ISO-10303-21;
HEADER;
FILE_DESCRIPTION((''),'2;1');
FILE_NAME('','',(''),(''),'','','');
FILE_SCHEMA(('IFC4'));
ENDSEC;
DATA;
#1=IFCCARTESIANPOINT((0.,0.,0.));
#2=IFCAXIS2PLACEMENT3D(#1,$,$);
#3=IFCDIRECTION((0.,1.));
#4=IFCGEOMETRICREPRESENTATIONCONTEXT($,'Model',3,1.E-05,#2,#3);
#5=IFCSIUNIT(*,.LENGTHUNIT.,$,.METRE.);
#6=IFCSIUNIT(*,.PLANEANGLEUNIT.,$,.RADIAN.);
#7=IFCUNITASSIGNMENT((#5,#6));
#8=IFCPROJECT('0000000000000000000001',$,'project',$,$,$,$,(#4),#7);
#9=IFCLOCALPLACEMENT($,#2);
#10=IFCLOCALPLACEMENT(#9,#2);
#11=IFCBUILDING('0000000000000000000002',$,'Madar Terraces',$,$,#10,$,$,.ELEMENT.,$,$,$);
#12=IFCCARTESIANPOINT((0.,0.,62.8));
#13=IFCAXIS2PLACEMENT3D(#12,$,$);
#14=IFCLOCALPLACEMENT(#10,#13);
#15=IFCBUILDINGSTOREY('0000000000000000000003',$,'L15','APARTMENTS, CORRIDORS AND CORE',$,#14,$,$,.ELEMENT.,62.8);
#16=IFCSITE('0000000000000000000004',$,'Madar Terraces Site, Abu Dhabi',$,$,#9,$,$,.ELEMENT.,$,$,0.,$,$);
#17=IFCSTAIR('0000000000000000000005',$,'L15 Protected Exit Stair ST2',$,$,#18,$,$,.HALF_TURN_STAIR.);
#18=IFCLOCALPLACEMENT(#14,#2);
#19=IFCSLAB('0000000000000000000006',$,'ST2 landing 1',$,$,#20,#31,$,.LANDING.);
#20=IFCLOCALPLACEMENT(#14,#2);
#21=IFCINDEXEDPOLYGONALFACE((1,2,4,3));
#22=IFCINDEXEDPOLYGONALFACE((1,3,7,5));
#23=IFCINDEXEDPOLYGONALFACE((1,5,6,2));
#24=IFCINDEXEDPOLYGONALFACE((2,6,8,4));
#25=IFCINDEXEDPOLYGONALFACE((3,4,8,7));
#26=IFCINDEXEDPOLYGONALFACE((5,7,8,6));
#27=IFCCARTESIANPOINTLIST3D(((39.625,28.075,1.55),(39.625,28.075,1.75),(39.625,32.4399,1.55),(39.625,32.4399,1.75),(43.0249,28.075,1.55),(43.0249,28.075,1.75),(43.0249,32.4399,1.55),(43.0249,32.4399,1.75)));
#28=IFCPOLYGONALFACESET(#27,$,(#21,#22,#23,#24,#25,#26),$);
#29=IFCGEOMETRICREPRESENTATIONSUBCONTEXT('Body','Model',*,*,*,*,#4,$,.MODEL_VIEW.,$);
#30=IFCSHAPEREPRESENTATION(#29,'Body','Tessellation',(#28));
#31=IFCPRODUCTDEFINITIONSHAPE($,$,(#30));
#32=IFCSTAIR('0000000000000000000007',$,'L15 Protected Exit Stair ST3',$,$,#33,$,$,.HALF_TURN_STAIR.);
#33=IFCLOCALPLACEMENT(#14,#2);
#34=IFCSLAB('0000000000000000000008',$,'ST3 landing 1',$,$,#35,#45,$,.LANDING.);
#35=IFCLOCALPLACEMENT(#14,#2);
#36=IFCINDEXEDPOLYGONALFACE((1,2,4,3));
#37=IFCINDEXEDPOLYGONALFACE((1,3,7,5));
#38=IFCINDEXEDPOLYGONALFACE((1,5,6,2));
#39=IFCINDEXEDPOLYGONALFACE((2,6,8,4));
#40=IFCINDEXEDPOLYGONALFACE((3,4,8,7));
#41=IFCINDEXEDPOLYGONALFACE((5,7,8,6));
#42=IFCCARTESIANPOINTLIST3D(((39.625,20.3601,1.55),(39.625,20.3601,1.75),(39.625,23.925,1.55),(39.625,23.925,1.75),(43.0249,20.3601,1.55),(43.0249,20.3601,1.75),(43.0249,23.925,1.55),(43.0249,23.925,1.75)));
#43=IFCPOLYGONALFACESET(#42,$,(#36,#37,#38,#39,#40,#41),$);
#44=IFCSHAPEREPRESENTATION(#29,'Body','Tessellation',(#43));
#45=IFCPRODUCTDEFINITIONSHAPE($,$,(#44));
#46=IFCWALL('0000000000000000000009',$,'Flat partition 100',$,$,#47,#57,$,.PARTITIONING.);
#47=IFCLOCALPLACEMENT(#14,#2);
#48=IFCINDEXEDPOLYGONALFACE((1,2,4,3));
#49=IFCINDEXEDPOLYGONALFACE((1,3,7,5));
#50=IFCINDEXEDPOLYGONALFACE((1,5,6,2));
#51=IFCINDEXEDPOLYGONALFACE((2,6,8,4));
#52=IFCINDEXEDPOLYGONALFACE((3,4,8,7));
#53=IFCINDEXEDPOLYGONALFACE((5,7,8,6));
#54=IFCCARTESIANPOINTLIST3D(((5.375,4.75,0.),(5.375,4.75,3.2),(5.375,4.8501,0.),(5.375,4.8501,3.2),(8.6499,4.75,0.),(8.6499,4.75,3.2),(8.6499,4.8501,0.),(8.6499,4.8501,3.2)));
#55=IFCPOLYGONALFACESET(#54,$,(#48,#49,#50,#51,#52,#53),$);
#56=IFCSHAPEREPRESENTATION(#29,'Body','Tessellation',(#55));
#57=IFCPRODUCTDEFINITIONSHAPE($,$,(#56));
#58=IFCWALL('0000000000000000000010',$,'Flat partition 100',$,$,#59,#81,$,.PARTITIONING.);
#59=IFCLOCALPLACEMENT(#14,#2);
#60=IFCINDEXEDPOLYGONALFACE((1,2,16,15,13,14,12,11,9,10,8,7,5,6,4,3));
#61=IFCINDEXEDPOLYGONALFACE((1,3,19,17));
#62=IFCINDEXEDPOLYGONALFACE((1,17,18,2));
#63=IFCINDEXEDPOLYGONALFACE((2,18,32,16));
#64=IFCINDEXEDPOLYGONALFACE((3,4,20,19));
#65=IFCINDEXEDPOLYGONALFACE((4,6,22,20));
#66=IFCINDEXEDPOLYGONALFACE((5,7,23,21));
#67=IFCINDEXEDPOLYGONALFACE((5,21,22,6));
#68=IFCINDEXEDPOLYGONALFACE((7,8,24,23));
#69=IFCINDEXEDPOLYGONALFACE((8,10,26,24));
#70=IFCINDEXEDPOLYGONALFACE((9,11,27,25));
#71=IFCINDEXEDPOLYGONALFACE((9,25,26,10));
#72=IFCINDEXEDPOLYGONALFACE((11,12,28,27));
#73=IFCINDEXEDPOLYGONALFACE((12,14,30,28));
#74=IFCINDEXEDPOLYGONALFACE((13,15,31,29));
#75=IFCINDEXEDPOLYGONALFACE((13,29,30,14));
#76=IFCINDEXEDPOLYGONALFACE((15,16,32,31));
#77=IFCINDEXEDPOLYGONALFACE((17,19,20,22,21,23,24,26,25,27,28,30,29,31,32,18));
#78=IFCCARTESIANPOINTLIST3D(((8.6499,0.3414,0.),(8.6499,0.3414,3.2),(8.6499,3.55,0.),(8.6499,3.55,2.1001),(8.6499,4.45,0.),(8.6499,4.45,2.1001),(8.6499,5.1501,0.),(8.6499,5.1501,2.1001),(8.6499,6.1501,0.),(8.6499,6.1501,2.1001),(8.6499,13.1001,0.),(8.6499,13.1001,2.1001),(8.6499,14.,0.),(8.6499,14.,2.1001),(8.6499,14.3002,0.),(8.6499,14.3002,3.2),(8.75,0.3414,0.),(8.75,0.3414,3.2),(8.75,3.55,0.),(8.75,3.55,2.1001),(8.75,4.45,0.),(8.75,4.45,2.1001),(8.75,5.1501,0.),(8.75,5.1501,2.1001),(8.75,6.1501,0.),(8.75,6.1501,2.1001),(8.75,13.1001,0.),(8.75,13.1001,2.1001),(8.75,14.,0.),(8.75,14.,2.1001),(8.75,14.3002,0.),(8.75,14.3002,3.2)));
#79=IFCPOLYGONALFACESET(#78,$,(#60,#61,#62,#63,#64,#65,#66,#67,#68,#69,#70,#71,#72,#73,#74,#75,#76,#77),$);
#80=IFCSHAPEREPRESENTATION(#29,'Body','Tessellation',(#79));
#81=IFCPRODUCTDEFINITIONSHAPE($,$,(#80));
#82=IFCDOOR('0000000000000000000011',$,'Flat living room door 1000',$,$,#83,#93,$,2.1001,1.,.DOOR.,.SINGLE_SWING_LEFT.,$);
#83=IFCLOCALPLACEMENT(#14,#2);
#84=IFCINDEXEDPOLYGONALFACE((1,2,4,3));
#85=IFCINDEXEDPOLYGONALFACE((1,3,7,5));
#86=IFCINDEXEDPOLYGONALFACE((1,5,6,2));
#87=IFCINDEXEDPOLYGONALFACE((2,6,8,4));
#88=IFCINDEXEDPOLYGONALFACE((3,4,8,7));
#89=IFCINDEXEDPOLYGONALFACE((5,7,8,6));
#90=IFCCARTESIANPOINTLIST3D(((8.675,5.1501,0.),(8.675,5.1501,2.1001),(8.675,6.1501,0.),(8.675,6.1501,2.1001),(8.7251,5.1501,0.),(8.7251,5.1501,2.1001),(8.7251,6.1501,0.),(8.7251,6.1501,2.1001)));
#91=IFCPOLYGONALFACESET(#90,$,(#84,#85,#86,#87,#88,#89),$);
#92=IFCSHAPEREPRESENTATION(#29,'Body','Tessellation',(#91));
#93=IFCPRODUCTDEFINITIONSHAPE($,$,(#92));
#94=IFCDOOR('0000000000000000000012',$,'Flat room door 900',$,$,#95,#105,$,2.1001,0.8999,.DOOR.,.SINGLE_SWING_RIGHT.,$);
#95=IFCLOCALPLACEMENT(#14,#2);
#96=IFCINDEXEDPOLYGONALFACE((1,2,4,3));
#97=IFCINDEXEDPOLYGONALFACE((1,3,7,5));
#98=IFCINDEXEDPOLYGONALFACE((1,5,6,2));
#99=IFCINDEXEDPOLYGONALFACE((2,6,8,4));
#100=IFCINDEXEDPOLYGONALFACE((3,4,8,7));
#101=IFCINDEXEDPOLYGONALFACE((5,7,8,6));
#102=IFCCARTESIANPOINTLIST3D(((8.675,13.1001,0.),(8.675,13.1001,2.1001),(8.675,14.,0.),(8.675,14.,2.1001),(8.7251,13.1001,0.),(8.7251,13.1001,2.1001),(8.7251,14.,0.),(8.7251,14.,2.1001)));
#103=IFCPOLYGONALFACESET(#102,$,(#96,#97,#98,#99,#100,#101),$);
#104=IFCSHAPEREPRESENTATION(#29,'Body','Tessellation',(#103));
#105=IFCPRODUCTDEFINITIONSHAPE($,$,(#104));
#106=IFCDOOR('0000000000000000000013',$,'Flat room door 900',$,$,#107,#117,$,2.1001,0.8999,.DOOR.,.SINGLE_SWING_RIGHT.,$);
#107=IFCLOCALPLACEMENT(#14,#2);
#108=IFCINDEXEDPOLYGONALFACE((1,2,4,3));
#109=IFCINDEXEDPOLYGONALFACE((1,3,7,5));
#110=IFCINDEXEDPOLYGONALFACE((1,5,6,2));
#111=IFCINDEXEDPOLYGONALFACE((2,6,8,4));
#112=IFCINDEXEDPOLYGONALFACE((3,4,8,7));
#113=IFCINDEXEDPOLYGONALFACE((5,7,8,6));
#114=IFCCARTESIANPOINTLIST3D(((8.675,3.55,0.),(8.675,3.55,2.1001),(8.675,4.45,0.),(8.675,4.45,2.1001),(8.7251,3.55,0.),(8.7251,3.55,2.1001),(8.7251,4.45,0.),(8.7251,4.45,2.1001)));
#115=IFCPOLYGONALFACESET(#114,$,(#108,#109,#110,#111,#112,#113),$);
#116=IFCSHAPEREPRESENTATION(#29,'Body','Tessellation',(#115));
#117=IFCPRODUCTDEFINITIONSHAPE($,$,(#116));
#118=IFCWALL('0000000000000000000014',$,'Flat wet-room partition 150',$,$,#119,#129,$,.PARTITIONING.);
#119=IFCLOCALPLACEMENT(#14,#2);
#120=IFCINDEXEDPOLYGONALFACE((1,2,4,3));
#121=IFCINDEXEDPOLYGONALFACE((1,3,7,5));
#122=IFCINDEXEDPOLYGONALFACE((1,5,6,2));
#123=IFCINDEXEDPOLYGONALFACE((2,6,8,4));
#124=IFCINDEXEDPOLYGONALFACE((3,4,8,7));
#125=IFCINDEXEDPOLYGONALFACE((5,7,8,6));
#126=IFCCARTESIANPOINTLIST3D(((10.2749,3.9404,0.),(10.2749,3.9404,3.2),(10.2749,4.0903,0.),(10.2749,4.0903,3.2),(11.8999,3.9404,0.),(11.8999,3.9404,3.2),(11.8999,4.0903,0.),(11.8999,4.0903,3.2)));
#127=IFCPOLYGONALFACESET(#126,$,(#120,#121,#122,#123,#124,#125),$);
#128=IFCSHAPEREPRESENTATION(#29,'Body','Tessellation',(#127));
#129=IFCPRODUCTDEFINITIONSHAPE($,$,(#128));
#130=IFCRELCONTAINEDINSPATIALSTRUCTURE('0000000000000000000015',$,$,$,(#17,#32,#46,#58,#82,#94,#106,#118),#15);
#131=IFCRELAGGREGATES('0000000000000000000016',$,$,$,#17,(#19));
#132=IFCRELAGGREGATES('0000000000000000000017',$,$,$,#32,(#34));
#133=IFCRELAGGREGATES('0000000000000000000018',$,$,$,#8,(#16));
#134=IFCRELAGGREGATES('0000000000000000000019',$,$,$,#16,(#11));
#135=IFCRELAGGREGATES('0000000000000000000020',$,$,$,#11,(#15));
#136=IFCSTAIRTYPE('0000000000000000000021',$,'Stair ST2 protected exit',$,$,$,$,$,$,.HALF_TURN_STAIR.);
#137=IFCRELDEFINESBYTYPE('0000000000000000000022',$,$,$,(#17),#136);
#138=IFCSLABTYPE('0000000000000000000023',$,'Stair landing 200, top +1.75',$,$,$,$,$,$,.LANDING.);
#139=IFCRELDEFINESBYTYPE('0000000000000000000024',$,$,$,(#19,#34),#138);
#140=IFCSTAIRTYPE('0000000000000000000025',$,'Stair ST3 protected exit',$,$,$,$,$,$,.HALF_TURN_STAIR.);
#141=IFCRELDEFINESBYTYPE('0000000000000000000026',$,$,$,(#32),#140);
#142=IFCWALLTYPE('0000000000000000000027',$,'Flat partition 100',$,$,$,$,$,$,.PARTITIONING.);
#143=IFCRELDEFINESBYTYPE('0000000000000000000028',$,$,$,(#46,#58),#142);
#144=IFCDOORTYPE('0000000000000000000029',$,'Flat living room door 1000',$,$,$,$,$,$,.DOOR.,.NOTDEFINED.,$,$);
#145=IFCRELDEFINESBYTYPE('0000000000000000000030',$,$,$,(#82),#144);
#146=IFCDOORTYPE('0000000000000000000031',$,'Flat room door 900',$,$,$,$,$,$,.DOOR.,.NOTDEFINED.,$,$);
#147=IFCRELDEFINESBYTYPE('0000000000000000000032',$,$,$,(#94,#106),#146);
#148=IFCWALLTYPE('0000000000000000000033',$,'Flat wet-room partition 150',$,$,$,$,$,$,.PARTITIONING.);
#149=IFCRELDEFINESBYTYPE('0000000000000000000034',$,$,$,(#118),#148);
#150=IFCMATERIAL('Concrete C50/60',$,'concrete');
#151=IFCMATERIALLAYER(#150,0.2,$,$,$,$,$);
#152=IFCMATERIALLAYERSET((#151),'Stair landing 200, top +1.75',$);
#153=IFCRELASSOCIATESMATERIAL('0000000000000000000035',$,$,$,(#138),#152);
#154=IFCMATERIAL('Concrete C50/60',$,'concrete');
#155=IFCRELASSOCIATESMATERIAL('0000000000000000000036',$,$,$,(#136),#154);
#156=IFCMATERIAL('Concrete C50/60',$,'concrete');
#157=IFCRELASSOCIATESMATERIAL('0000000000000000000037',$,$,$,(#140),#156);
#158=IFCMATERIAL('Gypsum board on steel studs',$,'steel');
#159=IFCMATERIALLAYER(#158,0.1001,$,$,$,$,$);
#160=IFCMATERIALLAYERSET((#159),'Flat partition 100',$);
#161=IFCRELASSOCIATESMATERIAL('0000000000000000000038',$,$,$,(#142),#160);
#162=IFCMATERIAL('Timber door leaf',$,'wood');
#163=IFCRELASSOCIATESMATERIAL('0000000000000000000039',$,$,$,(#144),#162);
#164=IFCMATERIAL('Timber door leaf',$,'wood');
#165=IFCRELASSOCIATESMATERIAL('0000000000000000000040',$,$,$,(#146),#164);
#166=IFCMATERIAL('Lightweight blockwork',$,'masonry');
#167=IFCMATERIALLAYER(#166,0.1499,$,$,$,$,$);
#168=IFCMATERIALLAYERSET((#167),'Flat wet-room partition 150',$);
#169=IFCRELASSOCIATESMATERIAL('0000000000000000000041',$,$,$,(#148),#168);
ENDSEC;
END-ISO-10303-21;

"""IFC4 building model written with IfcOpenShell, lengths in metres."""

from ifc_helpers import new_model, si_unit, direction, frame, frame_2d, origin, place, context, subcontext, project, spatial, polyline, rectangle, outline, extrude, material, layer, layer_set, type_object, element, fill, aggregate, save


model = new_model("IFC4")

# Units and contexts
model_context = context("Model", 3, precision=1e-05, world=origin(), true_north=direction((0.0, 1.0)))
body_context = subcontext(model_context, "Body", "Model", "MODEL_VIEW")
ifc_project = project(units=[si_unit("LENGTHUNIT", "METRE"), si_unit("PLANEANGLEUNIT", "RADIAN")], contexts=[model_context])

# Site, building, storey
site_placement = place(None, origin())
site = spatial("IfcSite", under=ifc_project, at=site_placement, Name="Madar Terraces Site, Abu Dhabi", CompositionType="ELEMENT", RefElevation=0.0)
building_placement = place(site_placement, origin())
building = spatial("IfcBuilding", under=site, at=building_placement, Name="Madar Terraces", CompositionType="ELEMENT")
storey_placement = place(building_placement, frame((0.0, 0.0, 62.8)))
storey = spatial("IfcBuildingStorey", under=building, at=storey_placement, Name="L15", Description="APARTMENTS, CORRIDORS AND CORE", CompositionType="ELEMENT", Elevation=62.8)

# Stairs, slabs
ifc_material_1 = material(Name="Concrete C50/60", Category="concrete")
ifc_layer_1 = layer(ifc_material_1, 0.2)
ifc_layer_set_1 = layer_set([ifc_layer_1], Name="Stair landing 200, top +1.75")
slab_type_1 = type_object("IfcSlabType", Name="Stair landing 200, top +1.75", PredefinedType="LANDING", material=ifc_layer_set_1)
ifc_material_2 = material(Name="Concrete C50/60", Category="concrete")
stair_type_1 = type_object("IfcStairType", Name="Stair ST2 protected exit", PredefinedType="HALF_TURN_STAIR", material=ifc_material_2)
stair_1_placement = place(storey_placement, origin())
stair_1 = element("IfcStair", 1, at=stair_1_placement, inside=storey, type_object=stair_type_1, Name="L15 Protected Exit Stair ST2", PredefinedType="HALF_TURN_STAIR")
slab_1_placement = place(storey_placement, frame((0.0, 0.0, 1.55)))
slab_1 = element("IfcSlab", 2, at=slab_1_placement, type_object=slab_type_1, Name="ST2 landing 1", PredefinedType="LANDING", context=body_context, shape_type="SweptSolid", body=[
    extrude(outline(polyline([(39.625, 28.075), (43.0249, 28.075), (43.0249, 32.4399), (39.625, 32.4399), (39.625, 28.075)])), origin(), (0.0, 0.0, 1.0), 0.2),
])
aggregate(stair_1, [slab_1])
ifc_material_3 = material(Name="Concrete C50/60", Category="concrete")
stair_type_2 = type_object("IfcStairType", Name="Stair ST3 protected exit", PredefinedType="HALF_TURN_STAIR", material=ifc_material_3)
stair_2_placement = place(storey_placement, origin())
stair_2 = element("IfcStair", 3, at=stair_2_placement, inside=storey, type_object=stair_type_2, Name="L15 Protected Exit Stair ST3", PredefinedType="HALF_TURN_STAIR")
slab_2_placement = place(storey_placement, frame((0.0, 0.0, 1.55)))
slab_2 = element("IfcSlab", 4, at=slab_2_placement, type_object=slab_type_1, Name="ST3 landing 1", PredefinedType="LANDING", context=body_context, shape_type="SweptSolid", body=[
    extrude(outline(polyline([(39.625, 20.3601), (43.0249, 20.3601), (43.0249, 23.925), (39.625, 23.925), (39.625, 20.3601)])), origin(), (0.0, 0.0, 1.0), 0.2),
])
aggregate(stair_2, [slab_2])

# Wall
ifc_material_4 = material(Name="Gypsum board on steel studs", Category="steel")
ifc_layer_2 = layer(ifc_material_4, 0.1001)
ifc_layer_set_2 = layer_set([ifc_layer_2], Name="Flat partition 100")
wall_type_1 = type_object("IfcWallType", Name="Flat partition 100", PredefinedType="PARTITIONING", material=ifc_layer_set_2)
wall_1_placement = place(storey_placement, frame((8.6499, 4.8, 0.0), z_axis=(0.0, 0.0, 1.0), x_axis=(-1.0, 0.0, 0.0)))
element("IfcWall", 5, at=wall_1_placement, inside=storey, type_object=wall_type_1, Name="Flat partition 100", PredefinedType="PARTITIONING", context=body_context, shape_type="SweptSolid", body=[
    extrude(rectangle(XDim=3.2749, YDim=0.1001, at=frame_2d((1.6375, 0.0))), origin(), (0.0, 0.0, 1.0), 3.2),
])

# Wall, openings, doors
wall_2_placement = place(storey_placement, frame((8.7, 0.3413, 0.0), z_axis=(0.0, 0.0, 1.0), x_axis=(0.0, 1.0, 0.0)))
wall_2 = element("IfcWall", 6, at=wall_2_placement, inside=storey, type_object=wall_type_1, Name="Flat partition 100", PredefinedType="PARTITIONING", context=body_context, shape_type="SweptSolid", body=[
    extrude(rectangle(XDim=13.9587, YDim=0.1001, at=frame_2d((6.9795, 0.0))), origin(), (0.0, 0.0, 1.0), 3.2),
])
opening_1_placement = place(wall_2_placement, frame((12.7588, 0.0, 0.0)))
opening_1 = element("IfcOpeningElement", 7, at=opening_1_placement, cuts=wall_2, PredefinedType="OPENING", context=body_context, shape_type="SweptSolid", body=[
    extrude(rectangle(XDim=0.8999, YDim=2.1001, at=frame_2d((0.45, 1.05))), frame((0.0, 0.0601, 0.0), z_axis=(0.0, -1.0, 0.0), x_axis=(1.0, 0.0, 0.0)), (0.0, 0.0, 1.0), 0.1201),
])
opening_2_placement = place(wall_2_placement, frame((4.8088, 0.0, 0.0)))
opening_2 = element("IfcOpeningElement", 8, at=opening_2_placement, cuts=wall_2, PredefinedType="OPENING", context=body_context, shape_type="SweptSolid", body=[
    extrude(rectangle(XDim=1.0, YDim=2.1001, at=frame_2d((0.5, 1.05))), frame((0.0, 0.0601, 0.0), z_axis=(0.0, -1.0, 0.0), x_axis=(1.0, 0.0, 0.0)), (0.0, 0.0, 1.0), 0.1201),
])
opening_3_placement = place(wall_2_placement, frame((3.2087, 0.0, 0.0)))
opening_3 = element("IfcOpeningElement", 9, at=opening_3_placement, cuts=wall_2, PredefinedType="OPENING", context=body_context, shape_type="SweptSolid", body=[
    extrude(rectangle(XDim=0.8999, YDim=2.1001, at=frame_2d((0.45, 1.05))), frame((0.0, 0.0601, 0.0), z_axis=(0.0, -1.0, 0.0), x_axis=(1.0, 0.0, 0.0)), (0.0, 0.0, 1.0), 0.1201),
])
ifc_material_5 = material(Name="Timber door leaf", Category="wood")
door_type_1 = type_object("IfcDoorType", Name="Flat living room door 1000", OperationType="NOTDEFINED", PredefinedType="DOOR", material=ifc_material_5)
door_1_placement = place(opening_2_placement, origin())
door_1 = element("IfcDoor", 10, at=door_1_placement, inside=storey, type_object=door_type_1, Name="Flat living room door 1000", OperationType="SINGLE_SWING_LEFT", OverallHeight=2.1001, OverallWidth=1.0, PredefinedType="DOOR", context=body_context, shape_type="SweptSolid", body=[
    extrude(rectangle(XDim=1.0, YDim=2.1001, at=frame_2d((0.5, 1.05))), frame((0.0, 0.0249, 0.0), z_axis=(0.0, -1.0, 0.0), x_axis=(1.0, 0.0, 0.0)), (0.0, 0.0, 1.0), 0.05),
])
fill(opening_2, door_1)
ifc_material_6 = material(Name="Timber door leaf", Category="wood")
door_type_2 = type_object("IfcDoorType", Name="Flat room door 900", OperationType="NOTDEFINED", PredefinedType="DOOR", material=ifc_material_6)
door_2_placement = place(opening_1_placement, origin())
door_2 = element("IfcDoor", 11, at=door_2_placement, inside=storey, type_object=door_type_2, Name="Flat room door 900", OperationType="SINGLE_SWING_RIGHT", OverallHeight=2.1001, OverallWidth=0.8999, PredefinedType="DOOR", context=body_context, shape_type="SweptSolid", body=[
    extrude(rectangle(XDim=0.8999, YDim=2.1001, at=frame_2d((0.45, 1.05))), frame((0.0, 0.0249, 0.0), z_axis=(0.0, -1.0, 0.0), x_axis=(1.0, 0.0, 0.0)), (0.0, 0.0, 1.0), 0.05),
])
fill(opening_1, door_2)
door_3_placement = place(opening_3_placement, origin())
door_3 = element("IfcDoor", 12, at=door_3_placement, inside=storey, type_object=door_type_2, Name="Flat room door 900", OperationType="SINGLE_SWING_RIGHT", OverallHeight=2.1001, OverallWidth=0.8999, PredefinedType="DOOR", context=body_context, shape_type="SweptSolid", body=[
    extrude(rectangle(XDim=0.8999, YDim=2.1001, at=frame_2d((0.45, 1.05))), frame((0.0, 0.0249, 0.0), z_axis=(0.0, -1.0, 0.0), x_axis=(1.0, 0.0, 0.0)), (0.0, 0.0, 1.0), 0.05),
])
fill(opening_3, door_3)

# Wall
ifc_material_7 = material(Name="Lightweight blockwork", Category="masonry")
ifc_layer_3 = layer(ifc_material_7, 0.1499)
ifc_layer_set_3 = layer_set([ifc_layer_3], Name="Flat wet-room partition 150")
wall_type_2 = type_object("IfcWallType", Name="Flat wet-room partition 150", PredefinedType="PARTITIONING", material=ifc_layer_set_3)
wall_3_placement = place(storey_placement, frame((11.8999, 4.0154, 0.0), z_axis=(0.0, 0.0, 1.0), x_axis=(-1.0, 0.0, 0.0)))
element("IfcWall", 13, at=wall_3_placement, inside=storey, type_object=wall_type_2, Name="Flat wet-room partition 150", PredefinedType="PARTITIONING", context=body_context, shape_type="SweptSolid", body=[
    extrude(rectangle(XDim=1.625, YDim=0.1499, at=frame_2d((0.8125, 0.0))), origin(), (0.0, 0.0, 1.0), 3.2),
])

save(model, "model.ifc")
